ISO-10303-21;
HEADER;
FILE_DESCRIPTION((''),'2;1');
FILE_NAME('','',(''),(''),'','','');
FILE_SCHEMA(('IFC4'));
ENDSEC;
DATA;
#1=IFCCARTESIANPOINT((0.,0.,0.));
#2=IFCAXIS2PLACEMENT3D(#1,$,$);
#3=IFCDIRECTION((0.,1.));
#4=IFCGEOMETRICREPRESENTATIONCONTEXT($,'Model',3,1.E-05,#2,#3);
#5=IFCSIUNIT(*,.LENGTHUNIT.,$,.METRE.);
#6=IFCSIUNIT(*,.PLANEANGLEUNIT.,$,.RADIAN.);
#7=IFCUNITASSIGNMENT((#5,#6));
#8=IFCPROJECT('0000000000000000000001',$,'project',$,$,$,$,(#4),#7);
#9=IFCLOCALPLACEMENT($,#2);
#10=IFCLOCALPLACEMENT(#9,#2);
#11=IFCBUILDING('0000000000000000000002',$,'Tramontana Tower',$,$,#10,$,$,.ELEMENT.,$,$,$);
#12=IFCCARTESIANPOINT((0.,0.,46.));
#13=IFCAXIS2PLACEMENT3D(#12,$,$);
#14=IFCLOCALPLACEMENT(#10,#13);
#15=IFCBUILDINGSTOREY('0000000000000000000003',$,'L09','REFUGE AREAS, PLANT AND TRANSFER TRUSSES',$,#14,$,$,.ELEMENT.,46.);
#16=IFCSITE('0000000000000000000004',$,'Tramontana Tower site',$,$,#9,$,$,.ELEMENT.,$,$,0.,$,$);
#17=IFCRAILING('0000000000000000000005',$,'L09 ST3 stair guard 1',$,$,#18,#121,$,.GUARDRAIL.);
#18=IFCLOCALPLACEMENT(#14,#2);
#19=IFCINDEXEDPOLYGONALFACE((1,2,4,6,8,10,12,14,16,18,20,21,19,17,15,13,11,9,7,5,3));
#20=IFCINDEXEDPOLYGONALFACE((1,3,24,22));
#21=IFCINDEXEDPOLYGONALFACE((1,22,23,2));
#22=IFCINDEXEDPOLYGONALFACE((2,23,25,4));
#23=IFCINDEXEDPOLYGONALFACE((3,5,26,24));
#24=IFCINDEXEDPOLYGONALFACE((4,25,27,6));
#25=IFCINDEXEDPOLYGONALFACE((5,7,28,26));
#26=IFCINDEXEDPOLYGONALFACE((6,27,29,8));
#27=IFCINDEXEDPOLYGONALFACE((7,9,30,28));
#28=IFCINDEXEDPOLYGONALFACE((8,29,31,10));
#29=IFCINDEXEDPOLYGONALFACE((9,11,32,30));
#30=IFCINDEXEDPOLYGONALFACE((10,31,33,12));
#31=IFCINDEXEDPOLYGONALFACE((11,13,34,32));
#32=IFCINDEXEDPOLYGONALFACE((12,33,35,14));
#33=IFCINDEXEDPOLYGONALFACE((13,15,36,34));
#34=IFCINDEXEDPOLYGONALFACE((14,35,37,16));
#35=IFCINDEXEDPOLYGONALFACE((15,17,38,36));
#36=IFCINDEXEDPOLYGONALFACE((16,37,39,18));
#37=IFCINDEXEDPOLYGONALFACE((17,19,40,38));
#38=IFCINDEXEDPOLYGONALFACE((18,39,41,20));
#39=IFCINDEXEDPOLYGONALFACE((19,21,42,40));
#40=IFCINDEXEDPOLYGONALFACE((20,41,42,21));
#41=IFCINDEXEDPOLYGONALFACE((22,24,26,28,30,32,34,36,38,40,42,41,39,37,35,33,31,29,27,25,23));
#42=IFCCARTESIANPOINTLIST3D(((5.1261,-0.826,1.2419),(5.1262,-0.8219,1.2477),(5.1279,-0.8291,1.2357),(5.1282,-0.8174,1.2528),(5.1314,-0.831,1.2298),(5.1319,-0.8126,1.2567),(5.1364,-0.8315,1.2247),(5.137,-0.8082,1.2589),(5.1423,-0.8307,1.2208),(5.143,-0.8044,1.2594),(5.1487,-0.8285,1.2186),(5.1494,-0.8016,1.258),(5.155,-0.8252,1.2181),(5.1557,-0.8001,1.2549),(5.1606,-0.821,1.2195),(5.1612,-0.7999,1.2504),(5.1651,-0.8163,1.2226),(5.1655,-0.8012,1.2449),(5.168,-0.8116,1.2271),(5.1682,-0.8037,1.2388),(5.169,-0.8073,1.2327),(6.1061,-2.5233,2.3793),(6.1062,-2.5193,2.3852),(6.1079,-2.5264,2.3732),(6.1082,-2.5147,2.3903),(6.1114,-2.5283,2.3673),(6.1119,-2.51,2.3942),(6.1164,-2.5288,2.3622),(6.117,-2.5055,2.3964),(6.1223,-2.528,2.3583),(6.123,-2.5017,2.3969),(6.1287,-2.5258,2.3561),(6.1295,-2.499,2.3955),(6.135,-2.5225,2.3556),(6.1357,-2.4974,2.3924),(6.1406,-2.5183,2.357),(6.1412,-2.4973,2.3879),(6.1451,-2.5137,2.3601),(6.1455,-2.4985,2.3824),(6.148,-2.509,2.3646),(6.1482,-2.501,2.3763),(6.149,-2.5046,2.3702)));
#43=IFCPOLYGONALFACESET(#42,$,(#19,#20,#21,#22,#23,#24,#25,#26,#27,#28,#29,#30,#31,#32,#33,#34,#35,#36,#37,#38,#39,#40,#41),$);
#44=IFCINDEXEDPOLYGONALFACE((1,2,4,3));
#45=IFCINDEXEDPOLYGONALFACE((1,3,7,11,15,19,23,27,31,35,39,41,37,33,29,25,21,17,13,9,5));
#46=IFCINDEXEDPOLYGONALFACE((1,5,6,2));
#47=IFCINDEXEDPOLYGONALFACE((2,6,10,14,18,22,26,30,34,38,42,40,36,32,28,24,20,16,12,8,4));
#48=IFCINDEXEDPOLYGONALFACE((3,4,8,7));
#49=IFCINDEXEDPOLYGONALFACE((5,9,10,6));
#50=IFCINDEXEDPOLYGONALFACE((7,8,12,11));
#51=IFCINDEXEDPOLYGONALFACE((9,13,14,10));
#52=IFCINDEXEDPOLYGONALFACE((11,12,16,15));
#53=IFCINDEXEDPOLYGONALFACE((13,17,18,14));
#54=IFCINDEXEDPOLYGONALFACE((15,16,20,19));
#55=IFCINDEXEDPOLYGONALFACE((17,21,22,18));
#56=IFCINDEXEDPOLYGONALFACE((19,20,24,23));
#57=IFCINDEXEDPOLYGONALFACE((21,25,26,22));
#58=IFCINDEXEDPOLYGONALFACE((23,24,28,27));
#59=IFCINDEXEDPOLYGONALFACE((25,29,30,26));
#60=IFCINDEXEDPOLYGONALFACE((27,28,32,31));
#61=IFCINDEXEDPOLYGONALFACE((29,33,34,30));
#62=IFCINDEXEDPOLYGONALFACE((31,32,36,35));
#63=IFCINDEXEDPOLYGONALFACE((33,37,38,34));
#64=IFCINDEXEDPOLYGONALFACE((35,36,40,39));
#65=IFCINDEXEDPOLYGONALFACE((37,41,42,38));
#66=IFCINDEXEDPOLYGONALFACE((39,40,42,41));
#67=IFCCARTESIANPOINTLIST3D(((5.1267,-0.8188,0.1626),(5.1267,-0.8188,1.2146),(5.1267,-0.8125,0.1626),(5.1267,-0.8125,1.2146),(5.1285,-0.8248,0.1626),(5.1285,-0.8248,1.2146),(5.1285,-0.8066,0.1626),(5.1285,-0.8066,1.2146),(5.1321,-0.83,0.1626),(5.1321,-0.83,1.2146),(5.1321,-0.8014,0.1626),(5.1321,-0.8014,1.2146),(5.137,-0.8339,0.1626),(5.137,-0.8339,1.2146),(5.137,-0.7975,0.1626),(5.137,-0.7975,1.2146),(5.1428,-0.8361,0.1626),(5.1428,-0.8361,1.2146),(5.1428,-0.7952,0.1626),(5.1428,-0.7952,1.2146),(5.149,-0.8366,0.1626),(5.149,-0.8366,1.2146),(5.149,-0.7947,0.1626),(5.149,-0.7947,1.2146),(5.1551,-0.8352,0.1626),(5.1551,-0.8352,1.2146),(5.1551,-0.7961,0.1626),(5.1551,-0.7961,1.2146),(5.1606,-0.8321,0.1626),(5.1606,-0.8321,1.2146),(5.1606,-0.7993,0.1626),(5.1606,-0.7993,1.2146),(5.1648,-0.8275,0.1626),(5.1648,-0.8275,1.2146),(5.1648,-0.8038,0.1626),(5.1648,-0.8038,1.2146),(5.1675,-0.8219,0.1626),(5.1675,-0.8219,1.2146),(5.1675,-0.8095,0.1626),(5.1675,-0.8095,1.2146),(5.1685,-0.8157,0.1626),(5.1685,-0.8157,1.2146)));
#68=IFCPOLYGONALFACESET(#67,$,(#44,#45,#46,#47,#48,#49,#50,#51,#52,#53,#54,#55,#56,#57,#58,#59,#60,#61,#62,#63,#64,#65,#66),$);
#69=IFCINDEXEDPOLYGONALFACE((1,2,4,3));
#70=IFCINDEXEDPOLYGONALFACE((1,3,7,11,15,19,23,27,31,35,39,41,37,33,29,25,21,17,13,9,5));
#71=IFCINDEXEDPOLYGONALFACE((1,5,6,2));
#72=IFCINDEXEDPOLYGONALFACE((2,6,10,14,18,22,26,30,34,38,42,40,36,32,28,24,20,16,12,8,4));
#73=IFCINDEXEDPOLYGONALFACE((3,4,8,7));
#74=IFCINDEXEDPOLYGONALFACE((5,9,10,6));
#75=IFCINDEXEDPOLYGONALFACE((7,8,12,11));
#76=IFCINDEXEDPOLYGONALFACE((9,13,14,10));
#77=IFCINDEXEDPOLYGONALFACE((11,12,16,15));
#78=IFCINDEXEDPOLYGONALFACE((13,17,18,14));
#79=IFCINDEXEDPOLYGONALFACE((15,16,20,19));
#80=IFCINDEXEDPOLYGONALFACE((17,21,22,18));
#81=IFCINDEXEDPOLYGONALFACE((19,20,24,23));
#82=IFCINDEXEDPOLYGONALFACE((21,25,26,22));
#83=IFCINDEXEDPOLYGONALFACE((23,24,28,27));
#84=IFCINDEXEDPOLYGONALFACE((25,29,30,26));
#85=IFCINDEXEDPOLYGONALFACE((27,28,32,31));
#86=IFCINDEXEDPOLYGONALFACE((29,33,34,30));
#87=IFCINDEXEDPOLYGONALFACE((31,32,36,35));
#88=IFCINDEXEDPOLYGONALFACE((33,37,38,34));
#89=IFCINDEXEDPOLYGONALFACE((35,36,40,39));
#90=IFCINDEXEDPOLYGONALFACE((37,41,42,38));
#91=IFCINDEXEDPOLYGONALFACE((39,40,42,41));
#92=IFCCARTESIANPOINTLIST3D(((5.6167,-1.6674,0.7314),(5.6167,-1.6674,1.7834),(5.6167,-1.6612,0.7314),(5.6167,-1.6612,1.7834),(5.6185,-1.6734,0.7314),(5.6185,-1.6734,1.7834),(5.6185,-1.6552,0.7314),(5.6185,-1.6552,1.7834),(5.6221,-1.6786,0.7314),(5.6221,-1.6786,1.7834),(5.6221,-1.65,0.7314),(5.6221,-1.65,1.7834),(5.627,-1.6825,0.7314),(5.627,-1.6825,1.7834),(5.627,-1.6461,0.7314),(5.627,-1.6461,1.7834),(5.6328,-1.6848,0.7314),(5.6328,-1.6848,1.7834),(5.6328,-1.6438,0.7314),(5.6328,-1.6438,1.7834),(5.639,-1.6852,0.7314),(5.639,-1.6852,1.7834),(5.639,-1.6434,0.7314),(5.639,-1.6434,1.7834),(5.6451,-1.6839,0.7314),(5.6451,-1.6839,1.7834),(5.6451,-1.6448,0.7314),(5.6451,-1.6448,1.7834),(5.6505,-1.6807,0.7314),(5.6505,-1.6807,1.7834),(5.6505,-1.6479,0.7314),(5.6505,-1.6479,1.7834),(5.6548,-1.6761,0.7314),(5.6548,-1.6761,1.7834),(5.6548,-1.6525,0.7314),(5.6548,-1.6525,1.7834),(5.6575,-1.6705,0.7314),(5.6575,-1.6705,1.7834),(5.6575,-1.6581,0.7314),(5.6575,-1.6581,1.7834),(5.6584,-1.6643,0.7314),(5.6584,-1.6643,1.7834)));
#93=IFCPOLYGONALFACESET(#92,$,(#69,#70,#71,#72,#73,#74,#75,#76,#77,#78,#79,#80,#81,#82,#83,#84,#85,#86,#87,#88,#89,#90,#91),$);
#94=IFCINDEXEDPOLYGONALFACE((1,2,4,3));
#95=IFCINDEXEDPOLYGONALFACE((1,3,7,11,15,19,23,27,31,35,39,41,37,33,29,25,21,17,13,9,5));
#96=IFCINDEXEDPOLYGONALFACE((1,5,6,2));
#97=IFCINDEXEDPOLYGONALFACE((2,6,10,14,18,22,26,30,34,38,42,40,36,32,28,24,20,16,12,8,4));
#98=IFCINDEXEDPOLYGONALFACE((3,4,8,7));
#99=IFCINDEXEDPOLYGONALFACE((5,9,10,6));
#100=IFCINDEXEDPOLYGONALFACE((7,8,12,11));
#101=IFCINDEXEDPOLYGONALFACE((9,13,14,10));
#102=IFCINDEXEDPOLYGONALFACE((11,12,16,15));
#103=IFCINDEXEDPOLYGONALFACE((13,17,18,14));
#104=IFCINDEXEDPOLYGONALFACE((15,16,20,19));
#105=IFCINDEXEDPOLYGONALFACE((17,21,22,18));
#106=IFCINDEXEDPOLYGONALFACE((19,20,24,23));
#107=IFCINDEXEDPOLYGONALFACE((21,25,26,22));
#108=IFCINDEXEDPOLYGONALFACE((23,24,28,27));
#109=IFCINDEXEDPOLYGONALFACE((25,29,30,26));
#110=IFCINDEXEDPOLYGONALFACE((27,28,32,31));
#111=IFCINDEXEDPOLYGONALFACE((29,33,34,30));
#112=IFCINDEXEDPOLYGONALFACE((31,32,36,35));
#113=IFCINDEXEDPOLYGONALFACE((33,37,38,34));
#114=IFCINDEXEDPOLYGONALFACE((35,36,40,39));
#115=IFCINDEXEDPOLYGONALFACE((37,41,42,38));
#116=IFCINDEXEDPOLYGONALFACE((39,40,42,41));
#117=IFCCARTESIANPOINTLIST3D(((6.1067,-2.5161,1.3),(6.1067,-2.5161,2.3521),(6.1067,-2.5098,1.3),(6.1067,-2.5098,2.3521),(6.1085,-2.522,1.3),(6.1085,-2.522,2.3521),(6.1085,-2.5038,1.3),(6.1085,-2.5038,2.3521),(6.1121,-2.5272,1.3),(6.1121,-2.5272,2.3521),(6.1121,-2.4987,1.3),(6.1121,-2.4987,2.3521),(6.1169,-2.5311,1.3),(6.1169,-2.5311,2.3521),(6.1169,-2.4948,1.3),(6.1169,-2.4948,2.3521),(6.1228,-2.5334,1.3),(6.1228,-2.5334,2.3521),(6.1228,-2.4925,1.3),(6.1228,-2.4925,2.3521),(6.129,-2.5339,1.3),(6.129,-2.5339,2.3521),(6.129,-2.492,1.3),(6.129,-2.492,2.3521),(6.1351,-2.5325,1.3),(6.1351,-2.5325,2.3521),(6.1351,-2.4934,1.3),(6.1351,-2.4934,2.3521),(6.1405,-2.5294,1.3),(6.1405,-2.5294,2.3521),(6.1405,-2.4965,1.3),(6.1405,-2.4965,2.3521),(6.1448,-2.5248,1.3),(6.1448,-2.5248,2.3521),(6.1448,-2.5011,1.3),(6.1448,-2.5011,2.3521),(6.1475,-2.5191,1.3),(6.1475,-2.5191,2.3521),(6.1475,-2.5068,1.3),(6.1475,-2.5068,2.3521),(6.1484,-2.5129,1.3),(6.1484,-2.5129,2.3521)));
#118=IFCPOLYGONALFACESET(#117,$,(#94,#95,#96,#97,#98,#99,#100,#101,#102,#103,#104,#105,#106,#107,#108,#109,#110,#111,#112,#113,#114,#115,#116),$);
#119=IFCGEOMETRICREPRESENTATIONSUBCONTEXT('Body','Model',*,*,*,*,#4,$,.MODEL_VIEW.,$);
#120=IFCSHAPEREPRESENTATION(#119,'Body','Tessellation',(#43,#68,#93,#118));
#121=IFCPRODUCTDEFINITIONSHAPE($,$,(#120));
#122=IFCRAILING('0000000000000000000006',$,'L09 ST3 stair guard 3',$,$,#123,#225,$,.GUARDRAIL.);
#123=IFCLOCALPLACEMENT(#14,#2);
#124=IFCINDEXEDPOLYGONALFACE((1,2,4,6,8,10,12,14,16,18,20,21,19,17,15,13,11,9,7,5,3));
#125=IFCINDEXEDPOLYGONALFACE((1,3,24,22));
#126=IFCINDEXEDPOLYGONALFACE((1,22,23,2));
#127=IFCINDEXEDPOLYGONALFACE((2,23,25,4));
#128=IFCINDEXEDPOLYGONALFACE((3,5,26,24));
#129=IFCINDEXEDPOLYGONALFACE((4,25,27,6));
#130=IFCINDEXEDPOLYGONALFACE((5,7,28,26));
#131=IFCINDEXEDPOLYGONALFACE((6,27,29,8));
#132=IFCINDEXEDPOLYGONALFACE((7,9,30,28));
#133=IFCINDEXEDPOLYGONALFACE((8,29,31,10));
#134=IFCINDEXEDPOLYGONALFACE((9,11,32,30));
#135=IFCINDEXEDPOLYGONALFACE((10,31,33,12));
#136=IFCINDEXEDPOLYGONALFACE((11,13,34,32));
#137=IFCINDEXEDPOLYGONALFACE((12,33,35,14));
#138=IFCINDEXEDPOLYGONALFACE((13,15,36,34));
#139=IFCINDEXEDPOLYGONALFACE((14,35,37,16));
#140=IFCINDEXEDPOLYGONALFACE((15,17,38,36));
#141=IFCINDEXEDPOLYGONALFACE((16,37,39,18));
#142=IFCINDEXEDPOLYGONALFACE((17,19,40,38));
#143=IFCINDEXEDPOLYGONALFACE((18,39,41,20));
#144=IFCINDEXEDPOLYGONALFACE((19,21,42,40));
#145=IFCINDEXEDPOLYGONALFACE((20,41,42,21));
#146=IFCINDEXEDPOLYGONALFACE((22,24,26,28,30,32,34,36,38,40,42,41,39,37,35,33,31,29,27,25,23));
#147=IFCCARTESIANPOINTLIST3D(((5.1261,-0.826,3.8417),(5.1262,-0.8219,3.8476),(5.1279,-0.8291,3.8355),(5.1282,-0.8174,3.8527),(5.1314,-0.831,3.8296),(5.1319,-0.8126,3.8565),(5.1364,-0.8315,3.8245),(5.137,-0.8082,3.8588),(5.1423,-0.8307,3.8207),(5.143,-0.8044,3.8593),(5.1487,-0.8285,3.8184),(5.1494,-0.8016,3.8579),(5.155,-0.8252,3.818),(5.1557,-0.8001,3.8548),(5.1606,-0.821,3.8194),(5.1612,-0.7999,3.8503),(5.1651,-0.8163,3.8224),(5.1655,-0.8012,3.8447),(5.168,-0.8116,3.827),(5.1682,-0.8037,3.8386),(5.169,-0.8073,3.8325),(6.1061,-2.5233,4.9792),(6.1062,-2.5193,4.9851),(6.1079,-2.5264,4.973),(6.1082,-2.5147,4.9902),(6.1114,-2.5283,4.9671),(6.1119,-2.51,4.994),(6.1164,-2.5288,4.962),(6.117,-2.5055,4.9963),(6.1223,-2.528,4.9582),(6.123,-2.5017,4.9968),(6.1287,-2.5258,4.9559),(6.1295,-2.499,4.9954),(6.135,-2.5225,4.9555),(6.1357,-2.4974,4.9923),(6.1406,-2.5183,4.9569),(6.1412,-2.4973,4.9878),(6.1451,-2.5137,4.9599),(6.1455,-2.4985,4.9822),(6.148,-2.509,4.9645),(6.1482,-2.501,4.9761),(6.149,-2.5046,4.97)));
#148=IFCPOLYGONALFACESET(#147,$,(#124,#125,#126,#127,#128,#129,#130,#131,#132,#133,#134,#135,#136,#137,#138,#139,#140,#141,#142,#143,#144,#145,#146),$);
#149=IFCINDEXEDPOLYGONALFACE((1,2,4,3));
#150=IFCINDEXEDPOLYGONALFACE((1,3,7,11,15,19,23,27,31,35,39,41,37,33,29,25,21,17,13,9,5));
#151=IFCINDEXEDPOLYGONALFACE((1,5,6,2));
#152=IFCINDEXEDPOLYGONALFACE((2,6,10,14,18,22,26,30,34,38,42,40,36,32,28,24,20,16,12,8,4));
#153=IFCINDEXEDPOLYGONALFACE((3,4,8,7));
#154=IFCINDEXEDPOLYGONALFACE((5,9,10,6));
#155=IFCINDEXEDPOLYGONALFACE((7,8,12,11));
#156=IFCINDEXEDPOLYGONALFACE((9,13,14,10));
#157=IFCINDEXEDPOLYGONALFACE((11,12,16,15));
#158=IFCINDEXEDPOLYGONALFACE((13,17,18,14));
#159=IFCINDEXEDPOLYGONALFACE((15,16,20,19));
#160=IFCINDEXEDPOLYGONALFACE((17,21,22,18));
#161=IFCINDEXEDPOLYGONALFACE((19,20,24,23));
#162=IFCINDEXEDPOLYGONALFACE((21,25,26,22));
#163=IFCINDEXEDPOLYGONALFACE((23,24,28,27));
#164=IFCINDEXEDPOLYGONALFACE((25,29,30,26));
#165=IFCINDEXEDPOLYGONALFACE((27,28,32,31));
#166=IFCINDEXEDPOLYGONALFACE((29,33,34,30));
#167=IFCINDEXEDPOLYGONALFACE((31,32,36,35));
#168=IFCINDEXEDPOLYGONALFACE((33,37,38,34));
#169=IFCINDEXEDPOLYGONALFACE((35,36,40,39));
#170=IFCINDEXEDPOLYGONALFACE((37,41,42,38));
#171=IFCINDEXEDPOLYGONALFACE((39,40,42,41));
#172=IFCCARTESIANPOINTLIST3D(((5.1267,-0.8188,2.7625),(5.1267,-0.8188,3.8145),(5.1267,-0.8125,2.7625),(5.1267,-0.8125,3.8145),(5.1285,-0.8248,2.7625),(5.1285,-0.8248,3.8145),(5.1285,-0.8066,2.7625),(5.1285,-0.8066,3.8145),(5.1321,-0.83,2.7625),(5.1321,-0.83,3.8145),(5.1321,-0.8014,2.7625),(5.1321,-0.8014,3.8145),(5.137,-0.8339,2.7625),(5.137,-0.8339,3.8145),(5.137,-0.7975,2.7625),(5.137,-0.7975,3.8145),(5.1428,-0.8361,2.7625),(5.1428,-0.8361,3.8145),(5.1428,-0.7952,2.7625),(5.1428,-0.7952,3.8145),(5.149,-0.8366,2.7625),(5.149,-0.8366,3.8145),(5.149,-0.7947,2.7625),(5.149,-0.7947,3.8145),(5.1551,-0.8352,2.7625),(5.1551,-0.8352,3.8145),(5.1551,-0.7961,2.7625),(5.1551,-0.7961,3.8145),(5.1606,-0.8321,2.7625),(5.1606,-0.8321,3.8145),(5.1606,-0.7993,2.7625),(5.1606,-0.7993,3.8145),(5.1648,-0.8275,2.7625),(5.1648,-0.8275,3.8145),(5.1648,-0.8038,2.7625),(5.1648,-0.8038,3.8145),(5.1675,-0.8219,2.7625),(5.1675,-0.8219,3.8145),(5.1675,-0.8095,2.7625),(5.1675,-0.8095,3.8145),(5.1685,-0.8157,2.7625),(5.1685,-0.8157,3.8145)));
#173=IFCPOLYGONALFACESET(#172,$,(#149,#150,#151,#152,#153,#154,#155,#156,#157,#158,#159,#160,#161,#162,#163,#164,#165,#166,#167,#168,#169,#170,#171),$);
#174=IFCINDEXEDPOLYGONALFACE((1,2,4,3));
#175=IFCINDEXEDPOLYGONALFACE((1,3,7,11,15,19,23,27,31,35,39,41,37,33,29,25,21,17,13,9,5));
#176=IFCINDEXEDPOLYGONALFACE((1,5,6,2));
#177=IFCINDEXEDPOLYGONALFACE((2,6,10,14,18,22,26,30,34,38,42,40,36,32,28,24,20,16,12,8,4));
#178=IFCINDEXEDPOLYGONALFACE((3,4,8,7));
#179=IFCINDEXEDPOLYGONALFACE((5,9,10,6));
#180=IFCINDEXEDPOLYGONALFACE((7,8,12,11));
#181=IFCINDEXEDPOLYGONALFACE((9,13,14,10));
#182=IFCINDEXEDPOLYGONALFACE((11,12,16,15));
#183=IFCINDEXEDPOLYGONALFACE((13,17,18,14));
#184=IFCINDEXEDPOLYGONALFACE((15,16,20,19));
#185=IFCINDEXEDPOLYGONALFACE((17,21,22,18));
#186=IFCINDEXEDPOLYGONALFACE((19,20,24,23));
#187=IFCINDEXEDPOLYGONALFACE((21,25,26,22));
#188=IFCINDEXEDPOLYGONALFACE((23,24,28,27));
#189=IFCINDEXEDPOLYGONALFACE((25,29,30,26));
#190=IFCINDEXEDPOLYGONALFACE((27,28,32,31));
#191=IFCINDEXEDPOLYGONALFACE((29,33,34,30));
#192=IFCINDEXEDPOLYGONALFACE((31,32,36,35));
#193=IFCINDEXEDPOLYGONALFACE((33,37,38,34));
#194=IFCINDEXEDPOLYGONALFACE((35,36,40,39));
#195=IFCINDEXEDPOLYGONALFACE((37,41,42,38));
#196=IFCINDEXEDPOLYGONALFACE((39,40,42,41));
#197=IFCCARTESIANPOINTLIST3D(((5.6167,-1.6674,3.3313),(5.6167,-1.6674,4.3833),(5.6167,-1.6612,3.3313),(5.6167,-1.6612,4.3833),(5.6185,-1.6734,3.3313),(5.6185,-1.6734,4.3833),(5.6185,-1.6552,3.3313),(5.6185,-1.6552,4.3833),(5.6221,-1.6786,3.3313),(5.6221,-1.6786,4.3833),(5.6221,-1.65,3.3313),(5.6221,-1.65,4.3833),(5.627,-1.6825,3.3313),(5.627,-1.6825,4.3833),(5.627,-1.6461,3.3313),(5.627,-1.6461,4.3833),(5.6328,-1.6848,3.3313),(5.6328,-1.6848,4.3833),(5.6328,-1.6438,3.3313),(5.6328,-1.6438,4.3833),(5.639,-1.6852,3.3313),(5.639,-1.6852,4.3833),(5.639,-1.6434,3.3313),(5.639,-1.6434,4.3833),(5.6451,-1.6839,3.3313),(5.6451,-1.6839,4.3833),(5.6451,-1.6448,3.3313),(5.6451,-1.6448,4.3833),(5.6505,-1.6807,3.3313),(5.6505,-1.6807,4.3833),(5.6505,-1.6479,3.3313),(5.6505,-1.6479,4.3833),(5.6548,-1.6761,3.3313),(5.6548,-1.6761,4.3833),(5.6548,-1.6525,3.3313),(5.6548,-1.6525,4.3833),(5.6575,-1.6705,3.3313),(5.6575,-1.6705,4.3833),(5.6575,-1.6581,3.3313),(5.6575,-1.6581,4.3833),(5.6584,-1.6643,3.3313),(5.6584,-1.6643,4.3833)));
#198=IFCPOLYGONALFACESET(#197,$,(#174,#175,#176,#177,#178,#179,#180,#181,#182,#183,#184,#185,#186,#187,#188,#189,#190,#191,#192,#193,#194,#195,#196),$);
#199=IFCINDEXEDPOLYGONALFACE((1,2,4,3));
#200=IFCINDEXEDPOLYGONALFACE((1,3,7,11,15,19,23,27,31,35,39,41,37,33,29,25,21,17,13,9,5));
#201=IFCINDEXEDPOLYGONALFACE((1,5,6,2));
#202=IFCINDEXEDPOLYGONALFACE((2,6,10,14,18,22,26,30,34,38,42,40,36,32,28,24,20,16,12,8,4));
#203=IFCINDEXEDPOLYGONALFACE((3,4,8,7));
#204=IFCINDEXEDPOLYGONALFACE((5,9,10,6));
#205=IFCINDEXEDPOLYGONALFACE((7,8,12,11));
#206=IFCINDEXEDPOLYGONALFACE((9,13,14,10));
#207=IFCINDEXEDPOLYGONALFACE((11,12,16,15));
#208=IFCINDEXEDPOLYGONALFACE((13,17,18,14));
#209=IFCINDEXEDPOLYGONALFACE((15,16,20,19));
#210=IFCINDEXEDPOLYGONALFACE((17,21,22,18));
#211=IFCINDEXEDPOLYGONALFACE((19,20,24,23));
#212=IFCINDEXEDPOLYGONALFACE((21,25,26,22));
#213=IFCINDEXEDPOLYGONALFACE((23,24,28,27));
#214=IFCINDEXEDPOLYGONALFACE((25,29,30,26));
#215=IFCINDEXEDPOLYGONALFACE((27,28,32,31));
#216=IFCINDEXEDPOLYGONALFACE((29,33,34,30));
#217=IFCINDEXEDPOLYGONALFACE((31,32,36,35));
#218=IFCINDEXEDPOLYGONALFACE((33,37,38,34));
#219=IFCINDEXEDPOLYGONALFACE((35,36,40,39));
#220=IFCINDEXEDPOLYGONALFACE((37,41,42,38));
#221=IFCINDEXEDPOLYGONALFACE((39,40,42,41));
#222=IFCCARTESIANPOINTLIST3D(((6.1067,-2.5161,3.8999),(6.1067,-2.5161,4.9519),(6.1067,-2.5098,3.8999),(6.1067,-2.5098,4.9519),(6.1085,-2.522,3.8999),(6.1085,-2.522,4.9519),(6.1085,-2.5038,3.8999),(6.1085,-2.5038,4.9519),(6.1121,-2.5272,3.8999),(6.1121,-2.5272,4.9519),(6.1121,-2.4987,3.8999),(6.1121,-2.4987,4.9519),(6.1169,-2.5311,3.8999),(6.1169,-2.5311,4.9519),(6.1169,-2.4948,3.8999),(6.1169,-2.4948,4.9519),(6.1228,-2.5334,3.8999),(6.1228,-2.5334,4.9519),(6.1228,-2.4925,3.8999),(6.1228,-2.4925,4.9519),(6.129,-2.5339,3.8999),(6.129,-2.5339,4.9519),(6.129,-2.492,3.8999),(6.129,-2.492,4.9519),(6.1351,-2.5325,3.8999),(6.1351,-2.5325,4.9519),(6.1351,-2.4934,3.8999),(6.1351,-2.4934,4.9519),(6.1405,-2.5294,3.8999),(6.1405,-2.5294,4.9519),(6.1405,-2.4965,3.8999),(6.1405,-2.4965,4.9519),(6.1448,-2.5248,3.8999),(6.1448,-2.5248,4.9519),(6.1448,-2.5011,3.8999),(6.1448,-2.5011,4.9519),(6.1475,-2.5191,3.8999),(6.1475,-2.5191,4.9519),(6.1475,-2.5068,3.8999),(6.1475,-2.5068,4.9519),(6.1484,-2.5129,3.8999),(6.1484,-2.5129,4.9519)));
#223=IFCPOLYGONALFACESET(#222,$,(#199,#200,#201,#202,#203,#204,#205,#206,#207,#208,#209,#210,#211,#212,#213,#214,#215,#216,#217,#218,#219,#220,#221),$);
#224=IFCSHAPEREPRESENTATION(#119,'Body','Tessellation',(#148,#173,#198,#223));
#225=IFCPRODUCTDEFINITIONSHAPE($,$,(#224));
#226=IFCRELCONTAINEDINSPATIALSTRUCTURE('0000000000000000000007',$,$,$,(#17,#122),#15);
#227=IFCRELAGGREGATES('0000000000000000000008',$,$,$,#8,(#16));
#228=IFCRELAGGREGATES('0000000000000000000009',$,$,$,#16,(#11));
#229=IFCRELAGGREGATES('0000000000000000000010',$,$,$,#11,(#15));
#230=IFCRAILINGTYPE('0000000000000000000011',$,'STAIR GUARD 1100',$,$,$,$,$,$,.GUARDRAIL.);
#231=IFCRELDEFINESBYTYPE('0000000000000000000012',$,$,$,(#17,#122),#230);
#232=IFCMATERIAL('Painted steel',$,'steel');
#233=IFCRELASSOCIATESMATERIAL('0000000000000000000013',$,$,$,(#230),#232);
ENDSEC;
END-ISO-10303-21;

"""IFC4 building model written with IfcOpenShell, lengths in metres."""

from ifc_helpers import new_model, si_unit, direction, frame, origin, origin_2d, place, context, subcontext, project, spatial, circle, extrude, material, type_object, element, save


model = new_model("IFC4")

# Units and contexts
model_context = context("Model", 3, precision=1e-05, world=origin(), true_north=direction((0.0, 1.0)))
body_context = subcontext(model_context, "Body", "Model", "MODEL_VIEW")
ifc_project = project(units=[si_unit("LENGTHUNIT", "METRE"), si_unit("PLANEANGLEUNIT", "RADIAN")], contexts=[model_context])

# Site, building, storey
site_placement = place(None, origin())
site = spatial("IfcSite", under=ifc_project, at=site_placement, Name="Tramontana Tower site", CompositionType="ELEMENT", RefElevation=0.0)
building_placement = place(site_placement, origin())
building = spatial("IfcBuilding", under=site, at=building_placement, Name="Tramontana Tower", CompositionType="ELEMENT")
storey_placement = place(building_placement, frame((0.0, 0.0, 46.0)))
storey = spatial("IfcBuildingStorey", under=building, at=storey_placement, Name="L09", Description="REFUGE AREAS, PLANT AND TRANSFER TRUSSES", CompositionType="ELEMENT", Elevation=46.0)

# Railings
ifc_material_1 = material(Name="Painted steel", Category="steel")
railing_type_1 = type_object("IfcRailingType", Name="STAIR GUARD 1100", PredefinedType="GUARDRAIL", material=ifc_material_1)
for number, where, name in (
    (1, (5.1475, -0.8157, 0.1626), "L09 ST3 stair guard 1"),
    (2, (5.1475, -0.8157, 2.7625), "L09 ST3 stair guard 3"),
):
    element("IfcRailing", number, at=place(storey_placement, frame(where)), inside=storey, type_object=railing_type_1, Name=name, PredefinedType="GUARDRAIL", context=body_context, shape_type="SweptSolid", body=[
        extrude(circle(Radius=0.0239, at=origin_2d()), frame((0.0, 0.0, 1.0762), z_axis=(0.432467, -0.749006, 0.501959), x_axis=(0.866011, 0.500024, 0.0)), (0.0, 0.0, 1.0), 2.2661),
        extrude(circle(Radius=0.021, at=origin_2d()), origin(), (0.0, 0.0, 1.0), 1.052),
        extrude(circle(Radius=0.021, at=origin_2d()), frame((0.49, -0.8486, 0.5688)), (0.0, 0.0, 1.0), 1.052),
        extrude(circle(Radius=0.021, at=origin_2d()), frame((0.98, -1.6973, 1.1375)), (0.0, 0.0, 1.0), 1.052),
    ])

save(model, "model.ifc")
